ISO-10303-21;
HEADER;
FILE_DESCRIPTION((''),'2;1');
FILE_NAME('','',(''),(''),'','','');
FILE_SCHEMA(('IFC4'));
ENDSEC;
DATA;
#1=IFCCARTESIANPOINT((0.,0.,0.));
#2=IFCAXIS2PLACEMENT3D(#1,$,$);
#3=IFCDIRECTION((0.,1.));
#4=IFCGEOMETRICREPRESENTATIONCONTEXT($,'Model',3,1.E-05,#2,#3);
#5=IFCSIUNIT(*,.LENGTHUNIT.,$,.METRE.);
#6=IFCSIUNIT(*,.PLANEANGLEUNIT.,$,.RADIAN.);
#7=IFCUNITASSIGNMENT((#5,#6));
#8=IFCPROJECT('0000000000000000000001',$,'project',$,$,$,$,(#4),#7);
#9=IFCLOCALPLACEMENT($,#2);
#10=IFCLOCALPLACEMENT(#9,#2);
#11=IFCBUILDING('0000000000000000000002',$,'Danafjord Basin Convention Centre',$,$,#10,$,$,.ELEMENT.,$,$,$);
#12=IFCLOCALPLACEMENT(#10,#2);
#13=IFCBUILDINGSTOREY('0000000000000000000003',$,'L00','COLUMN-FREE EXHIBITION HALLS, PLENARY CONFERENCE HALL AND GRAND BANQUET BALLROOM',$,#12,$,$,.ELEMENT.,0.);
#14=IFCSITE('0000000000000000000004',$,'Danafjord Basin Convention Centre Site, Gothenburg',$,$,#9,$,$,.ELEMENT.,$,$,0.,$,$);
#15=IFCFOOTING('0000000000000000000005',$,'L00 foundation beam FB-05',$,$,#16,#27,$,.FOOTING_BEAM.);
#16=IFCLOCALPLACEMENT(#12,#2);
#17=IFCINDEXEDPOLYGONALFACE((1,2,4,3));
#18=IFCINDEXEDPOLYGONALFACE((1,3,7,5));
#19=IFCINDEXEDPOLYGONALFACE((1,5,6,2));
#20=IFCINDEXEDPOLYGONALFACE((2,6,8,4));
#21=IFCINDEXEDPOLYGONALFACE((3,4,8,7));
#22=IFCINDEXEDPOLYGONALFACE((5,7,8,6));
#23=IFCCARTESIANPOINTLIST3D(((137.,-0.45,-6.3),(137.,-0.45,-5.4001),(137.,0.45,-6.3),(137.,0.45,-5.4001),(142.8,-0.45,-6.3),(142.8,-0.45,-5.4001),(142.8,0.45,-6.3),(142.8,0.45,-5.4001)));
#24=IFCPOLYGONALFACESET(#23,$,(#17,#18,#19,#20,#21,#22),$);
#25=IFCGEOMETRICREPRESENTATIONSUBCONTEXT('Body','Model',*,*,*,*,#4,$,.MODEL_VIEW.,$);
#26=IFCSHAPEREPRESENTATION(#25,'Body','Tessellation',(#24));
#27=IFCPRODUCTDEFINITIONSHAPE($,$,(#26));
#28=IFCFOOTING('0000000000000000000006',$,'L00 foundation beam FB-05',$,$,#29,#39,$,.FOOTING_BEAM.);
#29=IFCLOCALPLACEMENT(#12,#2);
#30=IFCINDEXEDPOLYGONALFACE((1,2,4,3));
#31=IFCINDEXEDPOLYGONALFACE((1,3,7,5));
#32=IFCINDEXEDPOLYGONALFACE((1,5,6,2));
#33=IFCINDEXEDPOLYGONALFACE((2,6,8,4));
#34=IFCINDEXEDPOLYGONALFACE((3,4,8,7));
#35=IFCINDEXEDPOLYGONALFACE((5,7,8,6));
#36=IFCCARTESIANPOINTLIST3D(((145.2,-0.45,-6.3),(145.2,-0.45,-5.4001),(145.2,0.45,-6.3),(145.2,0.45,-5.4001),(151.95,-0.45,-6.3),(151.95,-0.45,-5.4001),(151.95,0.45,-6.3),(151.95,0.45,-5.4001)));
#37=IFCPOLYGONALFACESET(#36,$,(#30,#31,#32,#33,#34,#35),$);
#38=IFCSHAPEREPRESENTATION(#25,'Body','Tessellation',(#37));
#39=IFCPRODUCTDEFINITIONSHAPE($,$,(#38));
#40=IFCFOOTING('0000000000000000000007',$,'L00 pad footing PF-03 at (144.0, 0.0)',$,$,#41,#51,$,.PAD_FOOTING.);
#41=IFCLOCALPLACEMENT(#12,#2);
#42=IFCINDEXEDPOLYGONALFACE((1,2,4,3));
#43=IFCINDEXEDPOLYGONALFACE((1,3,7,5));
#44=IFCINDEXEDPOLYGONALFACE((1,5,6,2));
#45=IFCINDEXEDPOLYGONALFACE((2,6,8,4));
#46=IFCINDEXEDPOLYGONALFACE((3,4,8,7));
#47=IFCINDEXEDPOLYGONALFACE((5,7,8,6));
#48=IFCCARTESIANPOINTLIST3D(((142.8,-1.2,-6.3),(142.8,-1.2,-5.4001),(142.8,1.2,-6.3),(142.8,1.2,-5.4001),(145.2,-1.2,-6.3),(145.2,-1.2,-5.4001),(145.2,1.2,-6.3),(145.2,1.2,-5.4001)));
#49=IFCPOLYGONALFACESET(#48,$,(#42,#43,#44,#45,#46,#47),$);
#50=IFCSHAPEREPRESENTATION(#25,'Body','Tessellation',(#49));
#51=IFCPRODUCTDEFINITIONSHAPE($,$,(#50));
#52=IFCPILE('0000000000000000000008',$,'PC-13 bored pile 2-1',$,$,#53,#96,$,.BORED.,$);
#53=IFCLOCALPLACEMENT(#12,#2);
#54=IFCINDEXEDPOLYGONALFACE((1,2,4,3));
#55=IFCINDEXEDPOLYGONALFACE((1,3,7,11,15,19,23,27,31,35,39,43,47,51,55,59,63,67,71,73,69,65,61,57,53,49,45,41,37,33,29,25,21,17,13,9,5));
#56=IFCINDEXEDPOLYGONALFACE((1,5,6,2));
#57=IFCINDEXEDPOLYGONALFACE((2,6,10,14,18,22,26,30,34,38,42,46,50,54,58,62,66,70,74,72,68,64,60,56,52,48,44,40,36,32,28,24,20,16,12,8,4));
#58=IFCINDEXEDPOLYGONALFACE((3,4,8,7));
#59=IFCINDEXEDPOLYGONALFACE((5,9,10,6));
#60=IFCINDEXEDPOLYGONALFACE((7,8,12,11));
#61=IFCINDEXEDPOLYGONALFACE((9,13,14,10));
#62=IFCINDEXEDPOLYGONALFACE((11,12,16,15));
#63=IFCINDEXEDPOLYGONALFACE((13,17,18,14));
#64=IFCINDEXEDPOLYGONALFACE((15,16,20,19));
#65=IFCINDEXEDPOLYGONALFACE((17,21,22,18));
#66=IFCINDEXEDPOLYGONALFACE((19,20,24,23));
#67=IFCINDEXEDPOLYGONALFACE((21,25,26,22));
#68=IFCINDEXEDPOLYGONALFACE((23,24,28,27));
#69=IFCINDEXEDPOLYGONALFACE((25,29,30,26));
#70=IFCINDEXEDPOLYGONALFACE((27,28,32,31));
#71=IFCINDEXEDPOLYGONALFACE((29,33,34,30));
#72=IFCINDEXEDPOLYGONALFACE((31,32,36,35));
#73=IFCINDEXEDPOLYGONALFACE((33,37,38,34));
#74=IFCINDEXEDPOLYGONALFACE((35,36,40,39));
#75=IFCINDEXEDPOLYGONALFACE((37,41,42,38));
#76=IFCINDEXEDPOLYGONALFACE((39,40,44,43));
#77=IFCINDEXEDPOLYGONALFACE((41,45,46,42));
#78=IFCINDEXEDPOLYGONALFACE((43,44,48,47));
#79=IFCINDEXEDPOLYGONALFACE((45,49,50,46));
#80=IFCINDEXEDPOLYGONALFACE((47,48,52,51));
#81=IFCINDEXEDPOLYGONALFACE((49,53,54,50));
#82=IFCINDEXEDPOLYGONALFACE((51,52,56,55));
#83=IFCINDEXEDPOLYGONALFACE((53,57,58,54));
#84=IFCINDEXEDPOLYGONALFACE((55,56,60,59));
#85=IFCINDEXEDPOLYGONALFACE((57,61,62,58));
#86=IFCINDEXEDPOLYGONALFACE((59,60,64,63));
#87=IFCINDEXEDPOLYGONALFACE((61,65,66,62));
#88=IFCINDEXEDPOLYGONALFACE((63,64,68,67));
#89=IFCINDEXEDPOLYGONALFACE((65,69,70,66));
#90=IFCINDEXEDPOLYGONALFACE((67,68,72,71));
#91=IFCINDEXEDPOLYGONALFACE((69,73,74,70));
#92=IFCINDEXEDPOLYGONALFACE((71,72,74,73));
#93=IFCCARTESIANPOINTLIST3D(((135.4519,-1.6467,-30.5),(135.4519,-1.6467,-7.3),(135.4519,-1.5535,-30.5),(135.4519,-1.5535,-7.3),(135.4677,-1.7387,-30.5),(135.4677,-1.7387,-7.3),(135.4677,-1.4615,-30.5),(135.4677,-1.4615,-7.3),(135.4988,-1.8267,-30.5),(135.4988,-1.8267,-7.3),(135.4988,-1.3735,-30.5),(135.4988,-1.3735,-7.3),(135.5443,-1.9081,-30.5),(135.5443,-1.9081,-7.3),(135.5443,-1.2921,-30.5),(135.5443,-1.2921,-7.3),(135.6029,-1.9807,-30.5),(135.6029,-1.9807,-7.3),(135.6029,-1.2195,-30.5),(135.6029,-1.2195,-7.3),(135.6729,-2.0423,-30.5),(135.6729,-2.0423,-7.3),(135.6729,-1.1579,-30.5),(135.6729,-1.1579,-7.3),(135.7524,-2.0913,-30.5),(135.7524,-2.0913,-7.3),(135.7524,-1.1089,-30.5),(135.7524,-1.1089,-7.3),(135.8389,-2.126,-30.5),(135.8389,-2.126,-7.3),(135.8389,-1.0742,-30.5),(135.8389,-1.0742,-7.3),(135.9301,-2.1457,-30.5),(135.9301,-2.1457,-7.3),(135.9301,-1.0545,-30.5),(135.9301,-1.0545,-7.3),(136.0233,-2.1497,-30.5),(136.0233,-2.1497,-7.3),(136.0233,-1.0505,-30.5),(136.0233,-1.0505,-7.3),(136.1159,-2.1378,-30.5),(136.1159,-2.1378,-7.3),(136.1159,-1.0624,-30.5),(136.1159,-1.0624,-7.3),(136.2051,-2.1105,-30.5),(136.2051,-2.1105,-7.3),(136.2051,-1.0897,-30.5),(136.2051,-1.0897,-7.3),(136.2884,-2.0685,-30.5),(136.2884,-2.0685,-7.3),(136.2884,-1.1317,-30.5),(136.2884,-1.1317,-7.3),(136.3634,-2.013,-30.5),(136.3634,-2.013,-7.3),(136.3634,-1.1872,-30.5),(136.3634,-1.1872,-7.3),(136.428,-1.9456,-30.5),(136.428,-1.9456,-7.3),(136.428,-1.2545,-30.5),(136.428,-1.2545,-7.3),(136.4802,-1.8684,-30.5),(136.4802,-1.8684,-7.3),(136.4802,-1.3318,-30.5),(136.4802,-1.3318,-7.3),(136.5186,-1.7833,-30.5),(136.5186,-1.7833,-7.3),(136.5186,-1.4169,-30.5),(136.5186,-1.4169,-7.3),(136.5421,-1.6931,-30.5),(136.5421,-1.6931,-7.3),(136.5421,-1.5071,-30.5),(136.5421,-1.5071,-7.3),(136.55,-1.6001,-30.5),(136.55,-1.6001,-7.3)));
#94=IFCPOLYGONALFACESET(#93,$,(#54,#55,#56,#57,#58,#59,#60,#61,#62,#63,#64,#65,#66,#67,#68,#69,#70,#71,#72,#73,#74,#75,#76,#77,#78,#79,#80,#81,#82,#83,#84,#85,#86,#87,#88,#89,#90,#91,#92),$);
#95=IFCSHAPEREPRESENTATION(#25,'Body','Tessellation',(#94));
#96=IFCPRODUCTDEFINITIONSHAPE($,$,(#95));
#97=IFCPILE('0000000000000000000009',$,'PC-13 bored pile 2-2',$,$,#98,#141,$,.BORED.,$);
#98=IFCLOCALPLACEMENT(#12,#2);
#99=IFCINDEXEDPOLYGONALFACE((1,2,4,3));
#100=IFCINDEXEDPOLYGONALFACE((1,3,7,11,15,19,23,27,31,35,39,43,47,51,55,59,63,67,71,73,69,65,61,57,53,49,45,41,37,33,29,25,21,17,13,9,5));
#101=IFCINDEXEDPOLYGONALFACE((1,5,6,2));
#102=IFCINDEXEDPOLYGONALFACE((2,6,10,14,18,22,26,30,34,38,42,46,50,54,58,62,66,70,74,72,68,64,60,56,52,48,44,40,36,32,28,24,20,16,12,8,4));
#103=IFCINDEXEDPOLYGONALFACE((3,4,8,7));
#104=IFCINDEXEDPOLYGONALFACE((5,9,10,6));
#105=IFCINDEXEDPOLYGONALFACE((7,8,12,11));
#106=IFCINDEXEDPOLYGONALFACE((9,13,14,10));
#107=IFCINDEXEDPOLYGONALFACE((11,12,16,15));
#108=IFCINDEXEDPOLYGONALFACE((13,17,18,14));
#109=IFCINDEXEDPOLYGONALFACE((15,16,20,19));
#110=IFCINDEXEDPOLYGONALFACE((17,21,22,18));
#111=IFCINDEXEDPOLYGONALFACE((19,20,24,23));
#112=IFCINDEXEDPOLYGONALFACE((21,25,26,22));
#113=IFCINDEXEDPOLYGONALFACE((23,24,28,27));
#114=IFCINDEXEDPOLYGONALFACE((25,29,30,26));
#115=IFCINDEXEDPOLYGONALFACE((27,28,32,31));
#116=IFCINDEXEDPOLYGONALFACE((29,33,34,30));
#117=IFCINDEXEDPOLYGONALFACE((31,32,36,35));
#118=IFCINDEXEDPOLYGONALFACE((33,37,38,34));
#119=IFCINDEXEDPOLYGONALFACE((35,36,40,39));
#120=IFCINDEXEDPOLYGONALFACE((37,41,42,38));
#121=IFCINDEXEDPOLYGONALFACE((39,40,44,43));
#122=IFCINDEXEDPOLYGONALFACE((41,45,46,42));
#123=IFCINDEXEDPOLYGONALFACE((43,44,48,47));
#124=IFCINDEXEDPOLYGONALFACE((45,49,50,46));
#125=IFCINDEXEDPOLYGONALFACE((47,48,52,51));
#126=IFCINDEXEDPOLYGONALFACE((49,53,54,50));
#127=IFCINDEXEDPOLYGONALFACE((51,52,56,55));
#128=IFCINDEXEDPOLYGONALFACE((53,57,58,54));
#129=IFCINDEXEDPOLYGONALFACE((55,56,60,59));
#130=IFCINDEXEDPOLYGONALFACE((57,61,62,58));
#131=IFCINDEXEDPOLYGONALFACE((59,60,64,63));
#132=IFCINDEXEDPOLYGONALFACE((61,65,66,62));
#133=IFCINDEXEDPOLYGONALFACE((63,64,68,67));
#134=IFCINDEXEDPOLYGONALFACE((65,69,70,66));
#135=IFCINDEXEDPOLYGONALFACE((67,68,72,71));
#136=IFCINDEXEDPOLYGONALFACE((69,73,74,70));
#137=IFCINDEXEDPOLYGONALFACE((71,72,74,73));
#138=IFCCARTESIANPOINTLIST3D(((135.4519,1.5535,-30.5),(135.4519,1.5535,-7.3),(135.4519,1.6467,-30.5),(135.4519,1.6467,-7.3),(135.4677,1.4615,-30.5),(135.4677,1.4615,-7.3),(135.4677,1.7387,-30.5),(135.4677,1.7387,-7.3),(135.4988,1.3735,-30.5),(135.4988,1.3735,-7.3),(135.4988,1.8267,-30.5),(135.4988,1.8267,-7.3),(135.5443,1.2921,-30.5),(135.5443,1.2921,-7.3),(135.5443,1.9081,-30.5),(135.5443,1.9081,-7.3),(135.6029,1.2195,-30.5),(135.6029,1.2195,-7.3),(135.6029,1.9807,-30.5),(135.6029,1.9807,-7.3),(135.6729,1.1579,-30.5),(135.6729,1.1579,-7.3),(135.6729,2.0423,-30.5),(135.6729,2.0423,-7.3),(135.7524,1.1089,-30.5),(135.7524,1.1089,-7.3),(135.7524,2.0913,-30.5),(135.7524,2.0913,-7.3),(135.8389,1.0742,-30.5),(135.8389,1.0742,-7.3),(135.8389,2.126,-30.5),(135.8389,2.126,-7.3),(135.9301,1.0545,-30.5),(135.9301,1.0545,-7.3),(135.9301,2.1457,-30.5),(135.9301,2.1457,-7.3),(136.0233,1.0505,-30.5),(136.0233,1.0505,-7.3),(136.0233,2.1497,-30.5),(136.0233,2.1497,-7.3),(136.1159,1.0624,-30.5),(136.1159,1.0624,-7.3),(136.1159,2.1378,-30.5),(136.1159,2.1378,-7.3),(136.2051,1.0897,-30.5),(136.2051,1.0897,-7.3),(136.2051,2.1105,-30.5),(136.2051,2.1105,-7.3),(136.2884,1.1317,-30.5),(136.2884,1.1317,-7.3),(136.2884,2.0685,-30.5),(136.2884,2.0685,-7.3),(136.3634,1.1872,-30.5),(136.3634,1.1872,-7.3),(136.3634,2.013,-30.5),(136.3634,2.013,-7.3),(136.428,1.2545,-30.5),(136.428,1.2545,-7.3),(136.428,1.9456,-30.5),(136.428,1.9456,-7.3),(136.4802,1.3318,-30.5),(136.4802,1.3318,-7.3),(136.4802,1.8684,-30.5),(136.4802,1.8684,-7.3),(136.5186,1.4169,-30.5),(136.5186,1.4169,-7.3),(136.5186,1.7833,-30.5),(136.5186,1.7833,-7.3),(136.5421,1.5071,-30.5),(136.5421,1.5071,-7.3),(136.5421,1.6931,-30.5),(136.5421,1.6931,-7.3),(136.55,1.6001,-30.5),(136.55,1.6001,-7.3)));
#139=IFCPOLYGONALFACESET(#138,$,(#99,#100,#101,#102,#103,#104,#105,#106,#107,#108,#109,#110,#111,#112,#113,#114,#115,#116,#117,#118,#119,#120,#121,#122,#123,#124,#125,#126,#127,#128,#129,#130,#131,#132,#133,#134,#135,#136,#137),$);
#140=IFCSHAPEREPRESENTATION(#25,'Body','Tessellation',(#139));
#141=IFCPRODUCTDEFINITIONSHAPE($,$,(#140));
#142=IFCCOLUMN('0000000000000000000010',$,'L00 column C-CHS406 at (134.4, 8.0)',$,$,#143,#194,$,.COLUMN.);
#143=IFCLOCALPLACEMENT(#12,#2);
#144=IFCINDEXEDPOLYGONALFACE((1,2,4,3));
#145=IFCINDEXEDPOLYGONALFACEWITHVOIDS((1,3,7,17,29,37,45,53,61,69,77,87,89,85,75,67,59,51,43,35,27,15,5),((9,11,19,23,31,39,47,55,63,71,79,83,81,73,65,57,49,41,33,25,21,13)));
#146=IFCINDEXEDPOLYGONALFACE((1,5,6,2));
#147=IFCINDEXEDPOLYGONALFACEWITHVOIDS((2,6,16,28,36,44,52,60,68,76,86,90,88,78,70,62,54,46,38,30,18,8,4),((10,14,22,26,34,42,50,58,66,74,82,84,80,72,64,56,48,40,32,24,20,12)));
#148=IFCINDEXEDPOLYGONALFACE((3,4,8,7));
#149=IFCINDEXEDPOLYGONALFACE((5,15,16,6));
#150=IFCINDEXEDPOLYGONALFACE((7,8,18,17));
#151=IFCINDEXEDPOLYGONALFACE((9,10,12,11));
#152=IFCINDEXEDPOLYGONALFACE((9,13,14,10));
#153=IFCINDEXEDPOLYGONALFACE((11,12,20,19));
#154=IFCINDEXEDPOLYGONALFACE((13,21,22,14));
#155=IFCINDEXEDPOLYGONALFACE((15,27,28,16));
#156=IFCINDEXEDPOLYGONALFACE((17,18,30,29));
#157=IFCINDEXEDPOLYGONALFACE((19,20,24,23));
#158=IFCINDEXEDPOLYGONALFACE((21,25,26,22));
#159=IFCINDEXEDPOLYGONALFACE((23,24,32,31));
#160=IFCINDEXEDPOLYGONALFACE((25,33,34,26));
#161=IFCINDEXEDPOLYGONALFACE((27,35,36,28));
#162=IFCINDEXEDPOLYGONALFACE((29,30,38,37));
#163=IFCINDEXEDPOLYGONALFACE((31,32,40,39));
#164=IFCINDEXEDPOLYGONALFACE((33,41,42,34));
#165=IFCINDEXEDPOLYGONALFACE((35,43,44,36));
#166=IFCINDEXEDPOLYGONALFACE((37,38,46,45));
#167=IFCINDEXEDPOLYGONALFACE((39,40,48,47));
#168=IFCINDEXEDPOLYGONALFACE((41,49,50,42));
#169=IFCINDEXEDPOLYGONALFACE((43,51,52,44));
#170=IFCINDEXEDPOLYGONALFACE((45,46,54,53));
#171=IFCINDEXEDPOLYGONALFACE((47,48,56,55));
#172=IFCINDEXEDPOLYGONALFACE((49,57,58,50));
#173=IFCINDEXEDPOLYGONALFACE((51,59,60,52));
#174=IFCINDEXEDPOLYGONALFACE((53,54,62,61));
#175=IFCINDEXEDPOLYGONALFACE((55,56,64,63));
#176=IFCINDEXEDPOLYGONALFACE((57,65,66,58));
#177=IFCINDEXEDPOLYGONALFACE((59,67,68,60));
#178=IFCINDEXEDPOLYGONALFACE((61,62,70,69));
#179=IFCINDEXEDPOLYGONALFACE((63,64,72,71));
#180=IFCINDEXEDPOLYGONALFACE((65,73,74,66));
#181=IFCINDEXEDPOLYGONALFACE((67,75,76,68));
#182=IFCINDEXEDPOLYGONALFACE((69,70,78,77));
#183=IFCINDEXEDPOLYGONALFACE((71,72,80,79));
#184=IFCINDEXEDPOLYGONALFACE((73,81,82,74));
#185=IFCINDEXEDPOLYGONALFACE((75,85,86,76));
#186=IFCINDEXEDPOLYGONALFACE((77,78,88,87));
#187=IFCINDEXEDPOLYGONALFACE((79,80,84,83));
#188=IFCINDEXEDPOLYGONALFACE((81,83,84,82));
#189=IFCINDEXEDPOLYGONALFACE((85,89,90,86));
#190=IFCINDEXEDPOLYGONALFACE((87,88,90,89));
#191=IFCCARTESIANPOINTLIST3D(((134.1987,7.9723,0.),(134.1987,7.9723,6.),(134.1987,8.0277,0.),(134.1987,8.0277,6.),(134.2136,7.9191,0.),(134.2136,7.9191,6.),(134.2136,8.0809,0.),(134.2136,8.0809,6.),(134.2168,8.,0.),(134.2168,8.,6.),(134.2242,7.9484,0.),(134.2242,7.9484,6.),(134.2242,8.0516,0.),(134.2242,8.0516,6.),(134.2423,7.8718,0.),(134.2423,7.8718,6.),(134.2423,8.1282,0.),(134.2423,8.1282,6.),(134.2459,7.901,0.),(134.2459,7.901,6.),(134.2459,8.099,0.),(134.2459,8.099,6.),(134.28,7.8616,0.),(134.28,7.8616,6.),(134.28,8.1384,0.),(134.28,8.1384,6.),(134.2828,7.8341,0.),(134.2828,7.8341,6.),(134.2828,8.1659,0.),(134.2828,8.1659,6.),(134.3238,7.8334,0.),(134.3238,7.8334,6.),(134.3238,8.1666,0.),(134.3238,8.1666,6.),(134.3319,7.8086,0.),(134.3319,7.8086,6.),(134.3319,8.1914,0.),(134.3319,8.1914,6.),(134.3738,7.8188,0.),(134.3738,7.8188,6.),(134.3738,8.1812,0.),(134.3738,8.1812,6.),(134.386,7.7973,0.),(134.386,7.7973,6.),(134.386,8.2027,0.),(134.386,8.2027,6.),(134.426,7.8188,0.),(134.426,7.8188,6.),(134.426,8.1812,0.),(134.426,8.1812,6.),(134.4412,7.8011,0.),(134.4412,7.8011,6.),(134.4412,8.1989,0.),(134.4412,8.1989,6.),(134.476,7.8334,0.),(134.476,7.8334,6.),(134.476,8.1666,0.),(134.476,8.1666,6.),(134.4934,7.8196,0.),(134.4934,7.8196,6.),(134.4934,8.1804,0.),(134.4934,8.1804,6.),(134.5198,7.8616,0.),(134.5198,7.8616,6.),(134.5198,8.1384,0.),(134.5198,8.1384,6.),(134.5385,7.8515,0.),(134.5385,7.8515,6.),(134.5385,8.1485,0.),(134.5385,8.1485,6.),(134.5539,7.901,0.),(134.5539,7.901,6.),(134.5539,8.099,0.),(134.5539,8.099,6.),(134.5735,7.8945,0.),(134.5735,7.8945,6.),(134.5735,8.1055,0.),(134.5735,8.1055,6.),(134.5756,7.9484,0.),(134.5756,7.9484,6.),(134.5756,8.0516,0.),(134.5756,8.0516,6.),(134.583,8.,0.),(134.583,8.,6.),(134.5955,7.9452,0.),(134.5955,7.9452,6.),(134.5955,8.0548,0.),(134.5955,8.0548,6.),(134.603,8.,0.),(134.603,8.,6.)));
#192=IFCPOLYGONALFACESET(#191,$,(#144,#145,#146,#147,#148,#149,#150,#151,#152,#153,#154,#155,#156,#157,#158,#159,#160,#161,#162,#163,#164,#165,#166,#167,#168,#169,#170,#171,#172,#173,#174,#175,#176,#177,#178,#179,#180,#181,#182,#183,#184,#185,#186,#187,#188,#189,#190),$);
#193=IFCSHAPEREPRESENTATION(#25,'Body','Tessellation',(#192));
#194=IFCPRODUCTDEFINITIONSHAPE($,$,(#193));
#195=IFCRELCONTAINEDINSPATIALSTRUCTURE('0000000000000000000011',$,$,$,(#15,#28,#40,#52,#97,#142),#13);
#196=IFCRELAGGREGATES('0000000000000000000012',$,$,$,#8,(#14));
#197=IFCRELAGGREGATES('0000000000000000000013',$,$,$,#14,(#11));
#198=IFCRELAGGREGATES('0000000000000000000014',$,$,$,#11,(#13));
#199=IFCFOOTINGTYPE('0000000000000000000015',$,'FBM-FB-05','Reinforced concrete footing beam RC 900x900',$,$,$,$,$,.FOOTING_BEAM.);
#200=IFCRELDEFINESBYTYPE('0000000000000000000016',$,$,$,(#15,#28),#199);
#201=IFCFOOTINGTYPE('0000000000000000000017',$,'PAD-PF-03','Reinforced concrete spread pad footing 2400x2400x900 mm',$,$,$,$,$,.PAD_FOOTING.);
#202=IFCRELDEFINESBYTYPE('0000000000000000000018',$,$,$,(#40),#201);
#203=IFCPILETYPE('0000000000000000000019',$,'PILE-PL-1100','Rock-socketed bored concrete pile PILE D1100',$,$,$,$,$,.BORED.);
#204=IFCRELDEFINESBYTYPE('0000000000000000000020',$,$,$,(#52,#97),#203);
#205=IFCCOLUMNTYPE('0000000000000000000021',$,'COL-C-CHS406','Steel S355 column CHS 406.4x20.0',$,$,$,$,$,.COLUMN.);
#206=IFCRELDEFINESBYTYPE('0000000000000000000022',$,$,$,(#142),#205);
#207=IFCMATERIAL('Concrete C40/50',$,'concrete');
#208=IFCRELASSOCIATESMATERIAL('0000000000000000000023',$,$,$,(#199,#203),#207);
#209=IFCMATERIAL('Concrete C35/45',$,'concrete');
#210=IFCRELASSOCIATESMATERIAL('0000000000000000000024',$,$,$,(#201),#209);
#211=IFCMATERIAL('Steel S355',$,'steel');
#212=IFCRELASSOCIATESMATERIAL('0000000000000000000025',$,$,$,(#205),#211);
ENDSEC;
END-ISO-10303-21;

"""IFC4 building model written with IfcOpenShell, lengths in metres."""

from ifc_helpers import new_model, si_unit, direction, frame, origin, origin_2d, place, context, subcontext, project, spatial, rectangle, circle, hollow_circle, extrude, material, material_profile, profile_set, type_object, element, save


model = new_model("IFC4")

# Units and contexts
model_context = context("Model", 3, precision=1e-05, world=origin(), true_north=direction((0.0, 1.0)))
body_context = subcontext(model_context, "Body", "Model", "MODEL_VIEW")
ifc_project = project(units=[si_unit("LENGTHUNIT", "METRE"), si_unit("PLANEANGLEUNIT", "RADIAN")], contexts=[model_context])

# Site, building, storey
site_placement = place(None, origin())
site = spatial("IfcSite", under=ifc_project, at=site_placement, Name="Danafjord Basin Convention Centre Site, Gothenburg", CompositionType="ELEMENT", RefElevation=0.0)
building_placement = place(site_placement, origin())
building = spatial("IfcBuilding", under=site, at=building_placement, Name="Danafjord Basin Convention Centre", CompositionType="ELEMENT")
storey_placement = place(building_placement, origin())
storey = spatial("IfcBuildingStorey", under=building, at=storey_placement, Name="L00", Description="COLUMN-FREE EXHIBITION HALLS, PLENARY CONFERENCE HALL AND GRAND BANQUET BALLROOM", CompositionType="ELEMENT", Elevation=0.0)

# Footings
ifc_material_1 = material(Name="Concrete C40/50", Category="concrete")
ifc_material_profile_1 = material_profile(ifc_material_1, rectangle(XDim=0.8999, YDim=0.8999, at=origin_2d()), Name="RC 900x900")
ifc_profile_set_1 = profile_set([ifc_material_profile_1], Name="Concrete C40/50")
footing_type_1 = type_object("IfcFootingType", Name="FBM-FB-05", Description="Reinforced concrete footing beam RC 900x900", PredefinedType="FOOTING_BEAM", material=ifc_profile_set_1)
footing_1_placement = place(storey_placement, frame((137.0, 0.0, -5.8501), z_axis=(1.0, 0.0, 0.0), x_axis=(0.0, 1.0, 0.0)))
element("IfcFooting", 1, at=footing_1_placement, inside=storey, type_object=footing_type_1, Name="L00 foundation beam FB-05", PredefinedType="FOOTING_BEAM", context=body_context, shape_type="SweptSolid", body=[
    extrude(rectangle(XDim=0.8999, YDim=0.8999, at=origin_2d()), origin(), (0.0, 0.0, 1.0), 5.8),
])
footing_2_placement = place(storey_placement, frame((145.2, 0.0, -5.8501), z_axis=(1.0, 0.0, 0.0), x_axis=(0.0, 1.0, 0.0)))
element("IfcFooting", 2, at=footing_2_placement, inside=storey, type_object=footing_type_1, Name="L00 foundation beam FB-05", PredefinedType="FOOTING_BEAM", context=body_context, shape_type="SweptSolid", body=[
    extrude(rectangle(XDim=0.8999, YDim=0.8999, at=origin_2d()), origin(), (0.0, 0.0, 1.0), 6.75),
])
ifc_material_2 = material(Name="Concrete C35/45", Category="concrete")
footing_type_2 = type_object("IfcFootingType", Name="PAD-PF-03", Description="Reinforced concrete spread pad footing 2400x2400x900 mm", PredefinedType="PAD_FOOTING", material=ifc_material_2)
footing_3_placement = place(storey_placement, frame((144.0, 0.0, -6.3), z_axis=(0.0, 0.0, 1.0), x_axis=(1.0, 0.0, 0.0)))
element("IfcFooting", 3, at=footing_3_placement, inside=storey, type_object=footing_type_2, Name="L00 pad footing PF-03 at (144.0, 0.0)", PredefinedType="PAD_FOOTING", context=body_context, shape_type="SweptSolid", body=[
    extrude(rectangle(XDim=2.3999, YDim=2.3999, at=origin_2d()), origin(), (0.0, 0.0, 1.0), 0.8999),
])

# Piles
ifc_material_profile_2 = material_profile(ifc_material_1, circle(Radius=0.55, at=origin_2d()), Name="PILE D1100")
ifc_profile_set_2 = profile_set([ifc_material_profile_2], Name="Concrete C40/50")
pile_type = type_object("IfcPileType", Name="PILE-PL-1100", Description="Rock-socketed bored concrete pile PILE D1100", PredefinedType="BORED", material=ifc_profile_set_2)
for number, where, z_axis, x_axis, name in (
    (4, (136.0, -1.6001, -7.3), (0.0, 0.0, -1.0), (1.0, 0.0, 0.0), "PC-13 bored pile 2-1"),
    (5, (136.0, 1.6001, -7.3), (0.0, 0.0, -1.0), (1.0, 0.0, 0.0), "PC-13 bored pile 2-2"),
):
    element("IfcPile", number, at=place(storey_placement, frame(where, z_axis=z_axis, x_axis=x_axis)), inside=storey, type_object=pile_type, Name=name, PredefinedType="BORED", context=body_context, shape_type="SweptSolid", body=[
        extrude(circle(Radius=0.55, at=origin_2d()), origin(), (0.0, 0.0, 1.0), 23.2),
    ])

# Column
ifc_material_3 = material(Name="Steel S355", Category="steel")
ifc_material_profile_3 = material_profile(ifc_material_3, hollow_circle(Radius=0.2031, WallThickness=0.02, at=origin_2d()), Name="CHS 406.4x20.0")
ifc_profile_set_3 = profile_set([ifc_material_profile_3], Name="Steel S355")
column_type_1 = type_object("IfcColumnType", Name="COL-C-CHS406", Description="Steel S355 column CHS 406.4x20.0", PredefinedType="COLUMN", material=ifc_profile_set_3)
for number, where, z_axis, x_axis, name in (
    (6, (134.3999, 8.0, 0.0), (0.0, 0.0, 1.0), (1.0, 0.0, 0.0), "L00 column C-CHS406 at (134.4, 8.0)"),
):
    element("IfcColumn", number, at=place(storey_placement, frame(where, z_axis=z_axis, x_axis=x_axis)), inside=storey, type_object=column_type_1, Name=name, PredefinedType="COLUMN", context=body_context, shape_type="SweptSolid", body=[
        extrude(hollow_circle(Radius=0.2031, WallThickness=0.02, at=origin_2d()), origin(), (0.0, 0.0, 1.0), 6.0),
    ])

save(model, "model.ifc")
